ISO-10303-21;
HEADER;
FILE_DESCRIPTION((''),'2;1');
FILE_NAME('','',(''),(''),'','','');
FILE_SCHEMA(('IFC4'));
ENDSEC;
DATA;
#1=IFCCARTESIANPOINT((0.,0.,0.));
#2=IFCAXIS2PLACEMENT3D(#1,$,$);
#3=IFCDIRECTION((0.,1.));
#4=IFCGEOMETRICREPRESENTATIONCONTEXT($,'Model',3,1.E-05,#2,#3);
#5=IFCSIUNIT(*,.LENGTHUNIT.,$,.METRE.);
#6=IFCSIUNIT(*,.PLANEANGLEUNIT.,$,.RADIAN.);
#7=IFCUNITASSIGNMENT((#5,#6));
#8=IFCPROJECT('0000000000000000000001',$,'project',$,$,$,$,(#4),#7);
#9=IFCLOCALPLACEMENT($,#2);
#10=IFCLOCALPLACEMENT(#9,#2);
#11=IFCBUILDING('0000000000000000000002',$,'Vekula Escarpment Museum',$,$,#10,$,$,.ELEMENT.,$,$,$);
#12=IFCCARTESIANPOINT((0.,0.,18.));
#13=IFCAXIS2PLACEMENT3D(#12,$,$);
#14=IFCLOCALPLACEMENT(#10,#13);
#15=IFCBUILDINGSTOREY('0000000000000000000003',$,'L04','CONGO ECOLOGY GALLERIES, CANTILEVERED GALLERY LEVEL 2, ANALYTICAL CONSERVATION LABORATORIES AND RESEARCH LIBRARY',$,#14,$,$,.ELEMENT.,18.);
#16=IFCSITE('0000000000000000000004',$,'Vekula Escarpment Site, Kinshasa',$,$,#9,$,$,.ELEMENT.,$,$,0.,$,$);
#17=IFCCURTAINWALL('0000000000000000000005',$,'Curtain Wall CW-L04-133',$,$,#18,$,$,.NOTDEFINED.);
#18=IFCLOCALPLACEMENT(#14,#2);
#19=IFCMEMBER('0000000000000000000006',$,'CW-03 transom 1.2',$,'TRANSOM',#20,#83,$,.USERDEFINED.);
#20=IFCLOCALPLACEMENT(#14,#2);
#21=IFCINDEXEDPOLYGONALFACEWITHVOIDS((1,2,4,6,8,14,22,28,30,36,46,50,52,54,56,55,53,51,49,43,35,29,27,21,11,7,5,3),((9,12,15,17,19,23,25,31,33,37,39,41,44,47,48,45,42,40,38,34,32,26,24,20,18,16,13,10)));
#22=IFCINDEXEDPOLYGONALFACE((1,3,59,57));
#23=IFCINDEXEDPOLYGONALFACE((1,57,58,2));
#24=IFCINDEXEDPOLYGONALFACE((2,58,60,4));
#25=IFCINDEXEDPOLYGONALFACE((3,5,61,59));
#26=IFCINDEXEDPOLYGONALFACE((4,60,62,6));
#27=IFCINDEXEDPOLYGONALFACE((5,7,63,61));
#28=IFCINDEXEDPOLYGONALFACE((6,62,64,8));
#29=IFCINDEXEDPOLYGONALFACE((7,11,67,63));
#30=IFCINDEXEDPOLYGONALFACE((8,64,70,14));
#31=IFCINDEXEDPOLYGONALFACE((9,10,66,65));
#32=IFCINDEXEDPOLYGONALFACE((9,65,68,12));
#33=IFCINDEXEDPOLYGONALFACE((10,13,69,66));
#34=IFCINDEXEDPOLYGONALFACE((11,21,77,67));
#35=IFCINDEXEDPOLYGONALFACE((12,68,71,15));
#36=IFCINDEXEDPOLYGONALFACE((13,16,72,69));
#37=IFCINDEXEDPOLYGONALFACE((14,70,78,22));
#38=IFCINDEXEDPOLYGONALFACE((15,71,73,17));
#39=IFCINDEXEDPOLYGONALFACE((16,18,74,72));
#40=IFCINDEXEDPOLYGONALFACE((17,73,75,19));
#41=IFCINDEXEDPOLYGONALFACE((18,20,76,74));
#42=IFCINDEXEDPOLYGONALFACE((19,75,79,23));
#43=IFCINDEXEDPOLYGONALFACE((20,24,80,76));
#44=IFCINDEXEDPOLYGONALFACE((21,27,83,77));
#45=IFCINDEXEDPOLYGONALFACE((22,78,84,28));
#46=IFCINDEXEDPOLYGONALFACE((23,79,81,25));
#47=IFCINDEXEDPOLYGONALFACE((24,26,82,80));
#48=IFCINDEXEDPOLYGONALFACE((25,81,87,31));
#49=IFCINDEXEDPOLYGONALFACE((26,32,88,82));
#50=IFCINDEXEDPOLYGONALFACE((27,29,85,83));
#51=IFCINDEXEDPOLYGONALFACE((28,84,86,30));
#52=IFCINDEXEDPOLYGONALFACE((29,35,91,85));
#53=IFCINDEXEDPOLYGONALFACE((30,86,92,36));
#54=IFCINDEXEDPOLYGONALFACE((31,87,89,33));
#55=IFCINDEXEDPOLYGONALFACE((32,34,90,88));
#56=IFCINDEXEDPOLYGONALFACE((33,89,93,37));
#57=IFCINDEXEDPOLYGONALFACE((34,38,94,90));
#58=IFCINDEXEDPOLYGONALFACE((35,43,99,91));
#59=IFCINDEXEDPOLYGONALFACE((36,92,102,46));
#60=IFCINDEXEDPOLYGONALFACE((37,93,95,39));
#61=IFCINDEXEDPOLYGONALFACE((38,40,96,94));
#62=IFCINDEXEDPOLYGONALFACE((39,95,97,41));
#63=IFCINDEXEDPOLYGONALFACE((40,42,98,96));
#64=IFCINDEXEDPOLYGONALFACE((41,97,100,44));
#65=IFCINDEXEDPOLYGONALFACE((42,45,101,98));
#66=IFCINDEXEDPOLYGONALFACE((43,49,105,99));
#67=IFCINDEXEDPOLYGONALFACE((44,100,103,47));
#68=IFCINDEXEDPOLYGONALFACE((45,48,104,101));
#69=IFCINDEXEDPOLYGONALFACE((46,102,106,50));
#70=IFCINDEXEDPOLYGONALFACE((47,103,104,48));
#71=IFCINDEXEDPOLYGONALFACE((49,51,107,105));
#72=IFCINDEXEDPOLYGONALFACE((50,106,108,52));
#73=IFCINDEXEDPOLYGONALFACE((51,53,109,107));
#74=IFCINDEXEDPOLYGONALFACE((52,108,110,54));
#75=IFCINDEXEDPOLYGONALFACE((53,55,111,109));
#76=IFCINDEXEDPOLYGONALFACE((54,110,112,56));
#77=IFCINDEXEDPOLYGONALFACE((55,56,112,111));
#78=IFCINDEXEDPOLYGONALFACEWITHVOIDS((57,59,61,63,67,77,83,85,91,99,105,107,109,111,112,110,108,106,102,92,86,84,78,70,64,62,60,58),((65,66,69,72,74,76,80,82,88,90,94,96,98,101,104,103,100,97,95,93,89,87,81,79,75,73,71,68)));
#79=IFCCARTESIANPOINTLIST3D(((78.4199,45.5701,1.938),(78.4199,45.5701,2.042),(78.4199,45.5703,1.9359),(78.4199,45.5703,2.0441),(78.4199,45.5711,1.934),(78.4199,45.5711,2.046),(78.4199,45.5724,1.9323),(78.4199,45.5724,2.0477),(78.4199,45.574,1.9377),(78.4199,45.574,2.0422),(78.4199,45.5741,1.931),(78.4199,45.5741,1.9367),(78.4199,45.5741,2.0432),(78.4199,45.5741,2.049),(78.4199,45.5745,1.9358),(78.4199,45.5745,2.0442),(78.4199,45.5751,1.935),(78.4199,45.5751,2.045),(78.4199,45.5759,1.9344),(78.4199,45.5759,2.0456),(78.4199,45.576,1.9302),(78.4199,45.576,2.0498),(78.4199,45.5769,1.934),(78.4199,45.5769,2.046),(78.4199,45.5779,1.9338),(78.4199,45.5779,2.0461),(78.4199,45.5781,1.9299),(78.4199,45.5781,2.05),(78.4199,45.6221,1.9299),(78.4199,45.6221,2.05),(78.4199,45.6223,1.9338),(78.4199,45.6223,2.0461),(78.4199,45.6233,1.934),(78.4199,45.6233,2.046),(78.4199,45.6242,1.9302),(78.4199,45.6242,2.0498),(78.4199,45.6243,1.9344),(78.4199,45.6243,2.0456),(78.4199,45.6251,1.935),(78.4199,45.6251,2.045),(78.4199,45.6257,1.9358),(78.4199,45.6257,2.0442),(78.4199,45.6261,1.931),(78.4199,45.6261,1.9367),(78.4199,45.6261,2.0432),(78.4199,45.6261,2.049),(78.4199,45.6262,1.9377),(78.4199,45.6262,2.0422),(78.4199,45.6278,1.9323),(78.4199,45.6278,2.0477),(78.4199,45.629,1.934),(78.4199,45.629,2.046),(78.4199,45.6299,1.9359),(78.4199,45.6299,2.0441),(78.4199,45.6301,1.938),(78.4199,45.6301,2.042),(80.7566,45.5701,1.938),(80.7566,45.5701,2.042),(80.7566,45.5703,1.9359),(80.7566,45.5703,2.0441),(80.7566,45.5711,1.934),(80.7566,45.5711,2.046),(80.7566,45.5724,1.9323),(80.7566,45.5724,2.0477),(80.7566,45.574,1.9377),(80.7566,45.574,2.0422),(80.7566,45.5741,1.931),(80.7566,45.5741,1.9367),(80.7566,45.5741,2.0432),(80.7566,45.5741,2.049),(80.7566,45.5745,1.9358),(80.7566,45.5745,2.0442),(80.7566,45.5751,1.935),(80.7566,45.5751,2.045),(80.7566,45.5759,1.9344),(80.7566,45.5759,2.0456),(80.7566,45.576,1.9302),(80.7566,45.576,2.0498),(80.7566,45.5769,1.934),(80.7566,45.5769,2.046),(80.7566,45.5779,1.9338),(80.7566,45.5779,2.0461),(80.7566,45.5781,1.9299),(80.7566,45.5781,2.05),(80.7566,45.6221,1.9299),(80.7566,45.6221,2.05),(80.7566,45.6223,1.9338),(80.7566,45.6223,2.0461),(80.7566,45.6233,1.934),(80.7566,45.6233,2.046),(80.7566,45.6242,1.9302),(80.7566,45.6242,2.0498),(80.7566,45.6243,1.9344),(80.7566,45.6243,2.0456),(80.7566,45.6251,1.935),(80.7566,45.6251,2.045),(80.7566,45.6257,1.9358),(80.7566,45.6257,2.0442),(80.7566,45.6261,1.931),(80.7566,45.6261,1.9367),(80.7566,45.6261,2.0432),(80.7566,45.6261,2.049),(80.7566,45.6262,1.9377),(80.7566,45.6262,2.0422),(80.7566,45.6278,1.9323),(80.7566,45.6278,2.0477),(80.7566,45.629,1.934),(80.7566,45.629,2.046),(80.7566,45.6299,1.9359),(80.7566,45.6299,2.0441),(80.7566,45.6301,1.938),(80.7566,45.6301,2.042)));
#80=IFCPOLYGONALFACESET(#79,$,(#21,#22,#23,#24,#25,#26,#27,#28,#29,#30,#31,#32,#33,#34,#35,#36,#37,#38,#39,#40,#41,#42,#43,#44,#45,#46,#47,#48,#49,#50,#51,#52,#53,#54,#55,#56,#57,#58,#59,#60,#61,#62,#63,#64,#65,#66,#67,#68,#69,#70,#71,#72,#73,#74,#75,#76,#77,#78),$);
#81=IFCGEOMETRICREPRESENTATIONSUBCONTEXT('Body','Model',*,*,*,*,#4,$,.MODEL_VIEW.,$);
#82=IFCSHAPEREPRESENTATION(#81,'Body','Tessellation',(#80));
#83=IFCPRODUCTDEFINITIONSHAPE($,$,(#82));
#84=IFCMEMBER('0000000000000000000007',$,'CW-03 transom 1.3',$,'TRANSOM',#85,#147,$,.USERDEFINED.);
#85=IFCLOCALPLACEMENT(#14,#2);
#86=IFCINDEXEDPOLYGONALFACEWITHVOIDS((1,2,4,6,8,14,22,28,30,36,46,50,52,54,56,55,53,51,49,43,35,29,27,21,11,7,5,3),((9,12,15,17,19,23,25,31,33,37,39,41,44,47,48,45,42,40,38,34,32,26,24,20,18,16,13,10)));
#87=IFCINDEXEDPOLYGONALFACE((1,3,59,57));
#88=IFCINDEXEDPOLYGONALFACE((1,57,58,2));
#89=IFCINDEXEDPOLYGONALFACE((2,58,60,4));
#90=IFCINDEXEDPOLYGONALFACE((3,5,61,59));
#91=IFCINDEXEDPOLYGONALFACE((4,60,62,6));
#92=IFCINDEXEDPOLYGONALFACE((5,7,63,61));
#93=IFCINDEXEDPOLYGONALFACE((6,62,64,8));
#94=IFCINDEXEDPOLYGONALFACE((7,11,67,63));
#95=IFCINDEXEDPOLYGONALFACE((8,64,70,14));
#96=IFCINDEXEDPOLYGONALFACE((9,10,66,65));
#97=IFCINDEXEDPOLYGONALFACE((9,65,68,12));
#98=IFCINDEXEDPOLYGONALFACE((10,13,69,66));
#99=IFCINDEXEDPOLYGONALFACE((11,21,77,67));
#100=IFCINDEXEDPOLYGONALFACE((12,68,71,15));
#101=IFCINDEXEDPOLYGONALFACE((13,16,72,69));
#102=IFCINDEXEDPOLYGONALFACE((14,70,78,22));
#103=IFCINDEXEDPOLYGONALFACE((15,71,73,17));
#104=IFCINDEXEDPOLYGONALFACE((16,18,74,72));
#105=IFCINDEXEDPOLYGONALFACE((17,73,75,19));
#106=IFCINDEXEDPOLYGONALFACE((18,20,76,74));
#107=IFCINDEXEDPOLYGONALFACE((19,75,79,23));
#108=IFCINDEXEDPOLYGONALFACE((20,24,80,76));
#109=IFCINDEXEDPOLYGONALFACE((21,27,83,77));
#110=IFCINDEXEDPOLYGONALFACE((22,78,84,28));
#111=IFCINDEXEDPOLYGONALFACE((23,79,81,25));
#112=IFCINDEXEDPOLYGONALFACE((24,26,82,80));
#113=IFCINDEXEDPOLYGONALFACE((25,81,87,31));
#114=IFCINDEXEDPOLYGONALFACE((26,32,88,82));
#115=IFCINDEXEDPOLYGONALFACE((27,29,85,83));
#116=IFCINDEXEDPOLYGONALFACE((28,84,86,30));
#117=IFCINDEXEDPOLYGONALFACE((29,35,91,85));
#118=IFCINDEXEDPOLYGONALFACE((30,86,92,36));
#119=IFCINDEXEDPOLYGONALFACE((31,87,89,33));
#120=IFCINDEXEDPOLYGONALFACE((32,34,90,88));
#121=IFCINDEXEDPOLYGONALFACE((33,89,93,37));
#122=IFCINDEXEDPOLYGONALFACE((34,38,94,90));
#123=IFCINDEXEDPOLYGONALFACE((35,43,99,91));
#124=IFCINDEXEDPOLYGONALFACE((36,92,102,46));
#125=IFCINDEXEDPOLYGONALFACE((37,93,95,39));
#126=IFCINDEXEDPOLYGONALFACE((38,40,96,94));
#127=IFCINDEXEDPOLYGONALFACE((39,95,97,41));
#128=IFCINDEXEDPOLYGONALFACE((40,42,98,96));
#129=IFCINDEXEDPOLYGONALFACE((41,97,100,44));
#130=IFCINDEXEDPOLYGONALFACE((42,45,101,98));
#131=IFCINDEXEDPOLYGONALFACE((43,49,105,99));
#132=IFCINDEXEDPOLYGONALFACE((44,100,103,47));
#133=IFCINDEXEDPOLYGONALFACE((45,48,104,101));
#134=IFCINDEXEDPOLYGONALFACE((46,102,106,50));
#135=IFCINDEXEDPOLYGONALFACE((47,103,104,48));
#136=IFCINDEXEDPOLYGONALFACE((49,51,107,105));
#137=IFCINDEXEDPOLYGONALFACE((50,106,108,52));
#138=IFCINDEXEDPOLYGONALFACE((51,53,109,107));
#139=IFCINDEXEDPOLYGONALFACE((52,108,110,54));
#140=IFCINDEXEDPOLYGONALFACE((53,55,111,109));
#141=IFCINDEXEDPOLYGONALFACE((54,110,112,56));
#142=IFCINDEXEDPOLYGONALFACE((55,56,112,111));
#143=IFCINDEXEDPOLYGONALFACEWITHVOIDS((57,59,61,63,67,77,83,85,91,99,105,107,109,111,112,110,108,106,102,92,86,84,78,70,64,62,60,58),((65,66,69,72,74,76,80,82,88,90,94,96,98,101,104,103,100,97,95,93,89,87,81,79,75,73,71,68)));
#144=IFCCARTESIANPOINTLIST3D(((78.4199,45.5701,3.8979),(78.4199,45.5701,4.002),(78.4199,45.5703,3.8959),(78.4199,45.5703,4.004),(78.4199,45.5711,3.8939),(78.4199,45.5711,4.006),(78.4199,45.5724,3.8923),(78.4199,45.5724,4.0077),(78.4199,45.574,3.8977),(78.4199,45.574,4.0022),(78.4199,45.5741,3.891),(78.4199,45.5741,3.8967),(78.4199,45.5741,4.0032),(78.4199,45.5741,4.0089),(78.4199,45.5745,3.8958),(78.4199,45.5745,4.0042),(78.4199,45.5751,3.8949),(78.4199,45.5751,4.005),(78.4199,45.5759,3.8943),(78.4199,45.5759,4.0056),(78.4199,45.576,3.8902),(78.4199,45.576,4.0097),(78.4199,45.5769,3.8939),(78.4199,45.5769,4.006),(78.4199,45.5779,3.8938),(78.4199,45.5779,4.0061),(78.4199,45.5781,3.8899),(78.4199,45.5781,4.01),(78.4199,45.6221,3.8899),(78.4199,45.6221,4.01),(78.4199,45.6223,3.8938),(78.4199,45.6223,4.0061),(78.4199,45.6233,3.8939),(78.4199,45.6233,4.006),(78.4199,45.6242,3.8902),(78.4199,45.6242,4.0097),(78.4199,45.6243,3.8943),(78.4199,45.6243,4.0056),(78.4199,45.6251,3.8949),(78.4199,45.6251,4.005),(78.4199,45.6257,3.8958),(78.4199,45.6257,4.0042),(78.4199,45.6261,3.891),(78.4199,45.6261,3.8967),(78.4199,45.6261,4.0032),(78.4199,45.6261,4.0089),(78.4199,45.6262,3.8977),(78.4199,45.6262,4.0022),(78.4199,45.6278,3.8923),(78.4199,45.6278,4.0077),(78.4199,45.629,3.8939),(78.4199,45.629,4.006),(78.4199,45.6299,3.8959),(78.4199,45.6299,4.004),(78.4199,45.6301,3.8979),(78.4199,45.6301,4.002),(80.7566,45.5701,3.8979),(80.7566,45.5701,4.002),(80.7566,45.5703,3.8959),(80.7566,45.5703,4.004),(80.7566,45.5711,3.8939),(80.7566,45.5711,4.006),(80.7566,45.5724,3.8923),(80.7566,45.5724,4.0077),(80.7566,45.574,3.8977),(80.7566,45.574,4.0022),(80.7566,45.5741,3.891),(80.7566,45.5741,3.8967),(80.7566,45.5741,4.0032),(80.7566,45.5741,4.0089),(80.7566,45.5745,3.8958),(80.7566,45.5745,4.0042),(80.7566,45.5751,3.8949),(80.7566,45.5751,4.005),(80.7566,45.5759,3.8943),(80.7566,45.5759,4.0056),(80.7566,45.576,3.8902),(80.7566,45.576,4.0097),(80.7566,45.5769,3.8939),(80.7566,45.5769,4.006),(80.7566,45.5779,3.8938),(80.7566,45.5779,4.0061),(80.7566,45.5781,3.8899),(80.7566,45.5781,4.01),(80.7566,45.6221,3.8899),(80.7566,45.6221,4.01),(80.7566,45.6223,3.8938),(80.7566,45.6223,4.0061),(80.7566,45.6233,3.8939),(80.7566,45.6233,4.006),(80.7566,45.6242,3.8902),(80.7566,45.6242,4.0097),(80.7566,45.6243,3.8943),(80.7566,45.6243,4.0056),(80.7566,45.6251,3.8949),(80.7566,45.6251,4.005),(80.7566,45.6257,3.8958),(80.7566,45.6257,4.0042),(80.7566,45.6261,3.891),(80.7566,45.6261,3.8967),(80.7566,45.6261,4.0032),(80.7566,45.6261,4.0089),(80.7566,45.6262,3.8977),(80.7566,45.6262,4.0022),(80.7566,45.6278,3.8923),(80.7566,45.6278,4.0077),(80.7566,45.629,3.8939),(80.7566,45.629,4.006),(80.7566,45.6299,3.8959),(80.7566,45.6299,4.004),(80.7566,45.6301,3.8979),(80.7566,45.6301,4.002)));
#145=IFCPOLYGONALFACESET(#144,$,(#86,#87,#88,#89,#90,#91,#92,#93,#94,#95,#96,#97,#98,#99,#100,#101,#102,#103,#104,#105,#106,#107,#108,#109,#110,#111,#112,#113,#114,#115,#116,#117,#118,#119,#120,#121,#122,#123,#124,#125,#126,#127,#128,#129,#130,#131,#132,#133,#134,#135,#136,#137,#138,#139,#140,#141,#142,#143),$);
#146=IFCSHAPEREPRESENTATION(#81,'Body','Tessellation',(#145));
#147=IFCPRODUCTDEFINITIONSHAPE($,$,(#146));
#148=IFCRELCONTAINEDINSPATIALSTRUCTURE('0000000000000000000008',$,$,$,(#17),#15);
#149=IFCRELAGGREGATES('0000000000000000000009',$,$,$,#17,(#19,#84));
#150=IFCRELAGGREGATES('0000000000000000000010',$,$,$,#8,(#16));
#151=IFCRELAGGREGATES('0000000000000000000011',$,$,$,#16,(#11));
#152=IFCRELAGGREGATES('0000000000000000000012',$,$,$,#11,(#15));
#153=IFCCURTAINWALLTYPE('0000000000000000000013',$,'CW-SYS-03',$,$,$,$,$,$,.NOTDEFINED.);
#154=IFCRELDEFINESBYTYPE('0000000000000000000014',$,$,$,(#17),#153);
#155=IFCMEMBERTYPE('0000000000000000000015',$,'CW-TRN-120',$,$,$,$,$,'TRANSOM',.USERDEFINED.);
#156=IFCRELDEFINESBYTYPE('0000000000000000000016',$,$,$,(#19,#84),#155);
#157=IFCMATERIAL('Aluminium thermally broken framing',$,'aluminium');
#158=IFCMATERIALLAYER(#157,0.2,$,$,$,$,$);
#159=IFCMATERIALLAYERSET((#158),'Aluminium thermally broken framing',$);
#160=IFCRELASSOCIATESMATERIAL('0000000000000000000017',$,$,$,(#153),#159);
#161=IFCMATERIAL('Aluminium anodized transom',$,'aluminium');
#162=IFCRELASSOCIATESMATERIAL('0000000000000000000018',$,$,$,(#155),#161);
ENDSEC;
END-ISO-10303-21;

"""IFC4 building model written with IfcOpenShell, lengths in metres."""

from ifc_helpers import new_model, si_unit, direction, frame, origin, origin_2d, place, context, subcontext, project, spatial, hollow_rectangle, extrude, material, layer, layer_set, material_profile, profile_set, type_object, element, aggregate, save


model = new_model("IFC4")

# Units and contexts
model_context = context("Model", 3, precision=1e-05, world=origin(), true_north=direction((0.0, 1.0)))
body_context = subcontext(model_context, "Body", "Model", "MODEL_VIEW")
ifc_project = project(units=[si_unit("LENGTHUNIT", "METRE"), si_unit("PLANEANGLEUNIT", "RADIAN")], contexts=[model_context])

# Site, building, storey
site_placement = place(None, origin())
site = spatial("IfcSite", under=ifc_project, at=site_placement, Name="Vekula Escarpment Site, Kinshasa", CompositionType="ELEMENT", RefElevation=0.0)
building_placement = place(site_placement, origin())
building = spatial("IfcBuilding", under=site, at=building_placement, Name="Vekula Escarpment Museum", CompositionType="ELEMENT")
storey_placement = place(building_placement, frame((0.0, 0.0, 18.0)))
storey = spatial("IfcBuildingStorey", under=building, at=storey_placement, Name="L04", Description="CONGO ECOLOGY GALLERIES, CANTILEVERED GALLERY LEVEL 2, ANALYTICAL CONSERVATION LABORATORIES AND RESEARCH LIBRARY", CompositionType="ELEMENT", Elevation=18.0)

# Curtain wall
ifc_material_1 = material(Name="Aluminium thermally broken framing", Category="aluminium")
ifc_layer_1 = layer(ifc_material_1, 0.2)
ifc_layer_set_1 = layer_set([ifc_layer_1], Name="Aluminium thermally broken framing")
curtain_wall_type_1 = type_object("IfcCurtainWallType", Name="CW-SYS-03", PredefinedType="NOTDEFINED", material=ifc_layer_set_1)
curtain_wall_1_placement = place(storey_placement, origin())
curtain_wall_1 = element("IfcCurtainWall", 1, at=curtain_wall_1_placement, inside=storey, type_object=curtain_wall_type_1, Name="Curtain Wall CW-L04-133", PredefinedType="NOTDEFINED")

# Members
ifc_material_2 = material(Name="Aluminium anodized transom", Category="aluminium")
ifc_material_profile_1 = material_profile(ifc_material_2, hollow_rectangle(XDim=0.0601, YDim=0.1201, WallThickness=0.0039, InnerFilletRadius=0.0039, OuterFilletRadius=0.0081, at=origin_2d()), Name="ALU 120x60x4")
ifc_profile_set_1 = profile_set([ifc_material_profile_1], Name="Aluminium anodized transom")
member_type_1 = type_object("IfcMemberType", Name="CW-TRN-120", ElementType="TRANSOM", PredefinedType="USERDEFINED", material=ifc_profile_set_1)
member_1_placement = place(storey_placement, frame((78.4199, 45.6001, 1.99), z_axis=(1.0, 0.0, 0.0), x_axis=(0.0, 1.0, 0.0)))
member_1 = element("IfcMember", 2, at=member_1_placement, type_object=member_type_1, Name="CW-03 transom 1.2", ObjectType="TRANSOM", PredefinedType="USERDEFINED", context=body_context, shape_type="SweptSolid", body=[
    extrude(hollow_rectangle(XDim=0.0601, YDim=0.1201, WallThickness=0.0039, InnerFilletRadius=0.0039, OuterFilletRadius=0.0081, at=origin_2d()), origin(), (0.0, 0.0, 1.0), 2.3367),
])
member_2_placement = place(storey_placement, frame((78.4199, 45.6001, 3.95), z_axis=(1.0, 0.0, 0.0), x_axis=(0.0, 1.0, 0.0)))
member_2 = element("IfcMember", 3, at=member_2_placement, type_object=member_type_1, Name="CW-03 transom 1.3", ObjectType="TRANSOM", PredefinedType="USERDEFINED", context=body_context, shape_type="SweptSolid", body=[
    extrude(hollow_rectangle(XDim=0.0601, YDim=0.1201, WallThickness=0.0039, InnerFilletRadius=0.0039, OuterFilletRadius=0.0081, at=origin_2d()), origin(), (0.0, 0.0, 1.0), 2.3367),
])

aggregate(curtain_wall_1, [member_1, member_2])

save(model, "model.ifc")
